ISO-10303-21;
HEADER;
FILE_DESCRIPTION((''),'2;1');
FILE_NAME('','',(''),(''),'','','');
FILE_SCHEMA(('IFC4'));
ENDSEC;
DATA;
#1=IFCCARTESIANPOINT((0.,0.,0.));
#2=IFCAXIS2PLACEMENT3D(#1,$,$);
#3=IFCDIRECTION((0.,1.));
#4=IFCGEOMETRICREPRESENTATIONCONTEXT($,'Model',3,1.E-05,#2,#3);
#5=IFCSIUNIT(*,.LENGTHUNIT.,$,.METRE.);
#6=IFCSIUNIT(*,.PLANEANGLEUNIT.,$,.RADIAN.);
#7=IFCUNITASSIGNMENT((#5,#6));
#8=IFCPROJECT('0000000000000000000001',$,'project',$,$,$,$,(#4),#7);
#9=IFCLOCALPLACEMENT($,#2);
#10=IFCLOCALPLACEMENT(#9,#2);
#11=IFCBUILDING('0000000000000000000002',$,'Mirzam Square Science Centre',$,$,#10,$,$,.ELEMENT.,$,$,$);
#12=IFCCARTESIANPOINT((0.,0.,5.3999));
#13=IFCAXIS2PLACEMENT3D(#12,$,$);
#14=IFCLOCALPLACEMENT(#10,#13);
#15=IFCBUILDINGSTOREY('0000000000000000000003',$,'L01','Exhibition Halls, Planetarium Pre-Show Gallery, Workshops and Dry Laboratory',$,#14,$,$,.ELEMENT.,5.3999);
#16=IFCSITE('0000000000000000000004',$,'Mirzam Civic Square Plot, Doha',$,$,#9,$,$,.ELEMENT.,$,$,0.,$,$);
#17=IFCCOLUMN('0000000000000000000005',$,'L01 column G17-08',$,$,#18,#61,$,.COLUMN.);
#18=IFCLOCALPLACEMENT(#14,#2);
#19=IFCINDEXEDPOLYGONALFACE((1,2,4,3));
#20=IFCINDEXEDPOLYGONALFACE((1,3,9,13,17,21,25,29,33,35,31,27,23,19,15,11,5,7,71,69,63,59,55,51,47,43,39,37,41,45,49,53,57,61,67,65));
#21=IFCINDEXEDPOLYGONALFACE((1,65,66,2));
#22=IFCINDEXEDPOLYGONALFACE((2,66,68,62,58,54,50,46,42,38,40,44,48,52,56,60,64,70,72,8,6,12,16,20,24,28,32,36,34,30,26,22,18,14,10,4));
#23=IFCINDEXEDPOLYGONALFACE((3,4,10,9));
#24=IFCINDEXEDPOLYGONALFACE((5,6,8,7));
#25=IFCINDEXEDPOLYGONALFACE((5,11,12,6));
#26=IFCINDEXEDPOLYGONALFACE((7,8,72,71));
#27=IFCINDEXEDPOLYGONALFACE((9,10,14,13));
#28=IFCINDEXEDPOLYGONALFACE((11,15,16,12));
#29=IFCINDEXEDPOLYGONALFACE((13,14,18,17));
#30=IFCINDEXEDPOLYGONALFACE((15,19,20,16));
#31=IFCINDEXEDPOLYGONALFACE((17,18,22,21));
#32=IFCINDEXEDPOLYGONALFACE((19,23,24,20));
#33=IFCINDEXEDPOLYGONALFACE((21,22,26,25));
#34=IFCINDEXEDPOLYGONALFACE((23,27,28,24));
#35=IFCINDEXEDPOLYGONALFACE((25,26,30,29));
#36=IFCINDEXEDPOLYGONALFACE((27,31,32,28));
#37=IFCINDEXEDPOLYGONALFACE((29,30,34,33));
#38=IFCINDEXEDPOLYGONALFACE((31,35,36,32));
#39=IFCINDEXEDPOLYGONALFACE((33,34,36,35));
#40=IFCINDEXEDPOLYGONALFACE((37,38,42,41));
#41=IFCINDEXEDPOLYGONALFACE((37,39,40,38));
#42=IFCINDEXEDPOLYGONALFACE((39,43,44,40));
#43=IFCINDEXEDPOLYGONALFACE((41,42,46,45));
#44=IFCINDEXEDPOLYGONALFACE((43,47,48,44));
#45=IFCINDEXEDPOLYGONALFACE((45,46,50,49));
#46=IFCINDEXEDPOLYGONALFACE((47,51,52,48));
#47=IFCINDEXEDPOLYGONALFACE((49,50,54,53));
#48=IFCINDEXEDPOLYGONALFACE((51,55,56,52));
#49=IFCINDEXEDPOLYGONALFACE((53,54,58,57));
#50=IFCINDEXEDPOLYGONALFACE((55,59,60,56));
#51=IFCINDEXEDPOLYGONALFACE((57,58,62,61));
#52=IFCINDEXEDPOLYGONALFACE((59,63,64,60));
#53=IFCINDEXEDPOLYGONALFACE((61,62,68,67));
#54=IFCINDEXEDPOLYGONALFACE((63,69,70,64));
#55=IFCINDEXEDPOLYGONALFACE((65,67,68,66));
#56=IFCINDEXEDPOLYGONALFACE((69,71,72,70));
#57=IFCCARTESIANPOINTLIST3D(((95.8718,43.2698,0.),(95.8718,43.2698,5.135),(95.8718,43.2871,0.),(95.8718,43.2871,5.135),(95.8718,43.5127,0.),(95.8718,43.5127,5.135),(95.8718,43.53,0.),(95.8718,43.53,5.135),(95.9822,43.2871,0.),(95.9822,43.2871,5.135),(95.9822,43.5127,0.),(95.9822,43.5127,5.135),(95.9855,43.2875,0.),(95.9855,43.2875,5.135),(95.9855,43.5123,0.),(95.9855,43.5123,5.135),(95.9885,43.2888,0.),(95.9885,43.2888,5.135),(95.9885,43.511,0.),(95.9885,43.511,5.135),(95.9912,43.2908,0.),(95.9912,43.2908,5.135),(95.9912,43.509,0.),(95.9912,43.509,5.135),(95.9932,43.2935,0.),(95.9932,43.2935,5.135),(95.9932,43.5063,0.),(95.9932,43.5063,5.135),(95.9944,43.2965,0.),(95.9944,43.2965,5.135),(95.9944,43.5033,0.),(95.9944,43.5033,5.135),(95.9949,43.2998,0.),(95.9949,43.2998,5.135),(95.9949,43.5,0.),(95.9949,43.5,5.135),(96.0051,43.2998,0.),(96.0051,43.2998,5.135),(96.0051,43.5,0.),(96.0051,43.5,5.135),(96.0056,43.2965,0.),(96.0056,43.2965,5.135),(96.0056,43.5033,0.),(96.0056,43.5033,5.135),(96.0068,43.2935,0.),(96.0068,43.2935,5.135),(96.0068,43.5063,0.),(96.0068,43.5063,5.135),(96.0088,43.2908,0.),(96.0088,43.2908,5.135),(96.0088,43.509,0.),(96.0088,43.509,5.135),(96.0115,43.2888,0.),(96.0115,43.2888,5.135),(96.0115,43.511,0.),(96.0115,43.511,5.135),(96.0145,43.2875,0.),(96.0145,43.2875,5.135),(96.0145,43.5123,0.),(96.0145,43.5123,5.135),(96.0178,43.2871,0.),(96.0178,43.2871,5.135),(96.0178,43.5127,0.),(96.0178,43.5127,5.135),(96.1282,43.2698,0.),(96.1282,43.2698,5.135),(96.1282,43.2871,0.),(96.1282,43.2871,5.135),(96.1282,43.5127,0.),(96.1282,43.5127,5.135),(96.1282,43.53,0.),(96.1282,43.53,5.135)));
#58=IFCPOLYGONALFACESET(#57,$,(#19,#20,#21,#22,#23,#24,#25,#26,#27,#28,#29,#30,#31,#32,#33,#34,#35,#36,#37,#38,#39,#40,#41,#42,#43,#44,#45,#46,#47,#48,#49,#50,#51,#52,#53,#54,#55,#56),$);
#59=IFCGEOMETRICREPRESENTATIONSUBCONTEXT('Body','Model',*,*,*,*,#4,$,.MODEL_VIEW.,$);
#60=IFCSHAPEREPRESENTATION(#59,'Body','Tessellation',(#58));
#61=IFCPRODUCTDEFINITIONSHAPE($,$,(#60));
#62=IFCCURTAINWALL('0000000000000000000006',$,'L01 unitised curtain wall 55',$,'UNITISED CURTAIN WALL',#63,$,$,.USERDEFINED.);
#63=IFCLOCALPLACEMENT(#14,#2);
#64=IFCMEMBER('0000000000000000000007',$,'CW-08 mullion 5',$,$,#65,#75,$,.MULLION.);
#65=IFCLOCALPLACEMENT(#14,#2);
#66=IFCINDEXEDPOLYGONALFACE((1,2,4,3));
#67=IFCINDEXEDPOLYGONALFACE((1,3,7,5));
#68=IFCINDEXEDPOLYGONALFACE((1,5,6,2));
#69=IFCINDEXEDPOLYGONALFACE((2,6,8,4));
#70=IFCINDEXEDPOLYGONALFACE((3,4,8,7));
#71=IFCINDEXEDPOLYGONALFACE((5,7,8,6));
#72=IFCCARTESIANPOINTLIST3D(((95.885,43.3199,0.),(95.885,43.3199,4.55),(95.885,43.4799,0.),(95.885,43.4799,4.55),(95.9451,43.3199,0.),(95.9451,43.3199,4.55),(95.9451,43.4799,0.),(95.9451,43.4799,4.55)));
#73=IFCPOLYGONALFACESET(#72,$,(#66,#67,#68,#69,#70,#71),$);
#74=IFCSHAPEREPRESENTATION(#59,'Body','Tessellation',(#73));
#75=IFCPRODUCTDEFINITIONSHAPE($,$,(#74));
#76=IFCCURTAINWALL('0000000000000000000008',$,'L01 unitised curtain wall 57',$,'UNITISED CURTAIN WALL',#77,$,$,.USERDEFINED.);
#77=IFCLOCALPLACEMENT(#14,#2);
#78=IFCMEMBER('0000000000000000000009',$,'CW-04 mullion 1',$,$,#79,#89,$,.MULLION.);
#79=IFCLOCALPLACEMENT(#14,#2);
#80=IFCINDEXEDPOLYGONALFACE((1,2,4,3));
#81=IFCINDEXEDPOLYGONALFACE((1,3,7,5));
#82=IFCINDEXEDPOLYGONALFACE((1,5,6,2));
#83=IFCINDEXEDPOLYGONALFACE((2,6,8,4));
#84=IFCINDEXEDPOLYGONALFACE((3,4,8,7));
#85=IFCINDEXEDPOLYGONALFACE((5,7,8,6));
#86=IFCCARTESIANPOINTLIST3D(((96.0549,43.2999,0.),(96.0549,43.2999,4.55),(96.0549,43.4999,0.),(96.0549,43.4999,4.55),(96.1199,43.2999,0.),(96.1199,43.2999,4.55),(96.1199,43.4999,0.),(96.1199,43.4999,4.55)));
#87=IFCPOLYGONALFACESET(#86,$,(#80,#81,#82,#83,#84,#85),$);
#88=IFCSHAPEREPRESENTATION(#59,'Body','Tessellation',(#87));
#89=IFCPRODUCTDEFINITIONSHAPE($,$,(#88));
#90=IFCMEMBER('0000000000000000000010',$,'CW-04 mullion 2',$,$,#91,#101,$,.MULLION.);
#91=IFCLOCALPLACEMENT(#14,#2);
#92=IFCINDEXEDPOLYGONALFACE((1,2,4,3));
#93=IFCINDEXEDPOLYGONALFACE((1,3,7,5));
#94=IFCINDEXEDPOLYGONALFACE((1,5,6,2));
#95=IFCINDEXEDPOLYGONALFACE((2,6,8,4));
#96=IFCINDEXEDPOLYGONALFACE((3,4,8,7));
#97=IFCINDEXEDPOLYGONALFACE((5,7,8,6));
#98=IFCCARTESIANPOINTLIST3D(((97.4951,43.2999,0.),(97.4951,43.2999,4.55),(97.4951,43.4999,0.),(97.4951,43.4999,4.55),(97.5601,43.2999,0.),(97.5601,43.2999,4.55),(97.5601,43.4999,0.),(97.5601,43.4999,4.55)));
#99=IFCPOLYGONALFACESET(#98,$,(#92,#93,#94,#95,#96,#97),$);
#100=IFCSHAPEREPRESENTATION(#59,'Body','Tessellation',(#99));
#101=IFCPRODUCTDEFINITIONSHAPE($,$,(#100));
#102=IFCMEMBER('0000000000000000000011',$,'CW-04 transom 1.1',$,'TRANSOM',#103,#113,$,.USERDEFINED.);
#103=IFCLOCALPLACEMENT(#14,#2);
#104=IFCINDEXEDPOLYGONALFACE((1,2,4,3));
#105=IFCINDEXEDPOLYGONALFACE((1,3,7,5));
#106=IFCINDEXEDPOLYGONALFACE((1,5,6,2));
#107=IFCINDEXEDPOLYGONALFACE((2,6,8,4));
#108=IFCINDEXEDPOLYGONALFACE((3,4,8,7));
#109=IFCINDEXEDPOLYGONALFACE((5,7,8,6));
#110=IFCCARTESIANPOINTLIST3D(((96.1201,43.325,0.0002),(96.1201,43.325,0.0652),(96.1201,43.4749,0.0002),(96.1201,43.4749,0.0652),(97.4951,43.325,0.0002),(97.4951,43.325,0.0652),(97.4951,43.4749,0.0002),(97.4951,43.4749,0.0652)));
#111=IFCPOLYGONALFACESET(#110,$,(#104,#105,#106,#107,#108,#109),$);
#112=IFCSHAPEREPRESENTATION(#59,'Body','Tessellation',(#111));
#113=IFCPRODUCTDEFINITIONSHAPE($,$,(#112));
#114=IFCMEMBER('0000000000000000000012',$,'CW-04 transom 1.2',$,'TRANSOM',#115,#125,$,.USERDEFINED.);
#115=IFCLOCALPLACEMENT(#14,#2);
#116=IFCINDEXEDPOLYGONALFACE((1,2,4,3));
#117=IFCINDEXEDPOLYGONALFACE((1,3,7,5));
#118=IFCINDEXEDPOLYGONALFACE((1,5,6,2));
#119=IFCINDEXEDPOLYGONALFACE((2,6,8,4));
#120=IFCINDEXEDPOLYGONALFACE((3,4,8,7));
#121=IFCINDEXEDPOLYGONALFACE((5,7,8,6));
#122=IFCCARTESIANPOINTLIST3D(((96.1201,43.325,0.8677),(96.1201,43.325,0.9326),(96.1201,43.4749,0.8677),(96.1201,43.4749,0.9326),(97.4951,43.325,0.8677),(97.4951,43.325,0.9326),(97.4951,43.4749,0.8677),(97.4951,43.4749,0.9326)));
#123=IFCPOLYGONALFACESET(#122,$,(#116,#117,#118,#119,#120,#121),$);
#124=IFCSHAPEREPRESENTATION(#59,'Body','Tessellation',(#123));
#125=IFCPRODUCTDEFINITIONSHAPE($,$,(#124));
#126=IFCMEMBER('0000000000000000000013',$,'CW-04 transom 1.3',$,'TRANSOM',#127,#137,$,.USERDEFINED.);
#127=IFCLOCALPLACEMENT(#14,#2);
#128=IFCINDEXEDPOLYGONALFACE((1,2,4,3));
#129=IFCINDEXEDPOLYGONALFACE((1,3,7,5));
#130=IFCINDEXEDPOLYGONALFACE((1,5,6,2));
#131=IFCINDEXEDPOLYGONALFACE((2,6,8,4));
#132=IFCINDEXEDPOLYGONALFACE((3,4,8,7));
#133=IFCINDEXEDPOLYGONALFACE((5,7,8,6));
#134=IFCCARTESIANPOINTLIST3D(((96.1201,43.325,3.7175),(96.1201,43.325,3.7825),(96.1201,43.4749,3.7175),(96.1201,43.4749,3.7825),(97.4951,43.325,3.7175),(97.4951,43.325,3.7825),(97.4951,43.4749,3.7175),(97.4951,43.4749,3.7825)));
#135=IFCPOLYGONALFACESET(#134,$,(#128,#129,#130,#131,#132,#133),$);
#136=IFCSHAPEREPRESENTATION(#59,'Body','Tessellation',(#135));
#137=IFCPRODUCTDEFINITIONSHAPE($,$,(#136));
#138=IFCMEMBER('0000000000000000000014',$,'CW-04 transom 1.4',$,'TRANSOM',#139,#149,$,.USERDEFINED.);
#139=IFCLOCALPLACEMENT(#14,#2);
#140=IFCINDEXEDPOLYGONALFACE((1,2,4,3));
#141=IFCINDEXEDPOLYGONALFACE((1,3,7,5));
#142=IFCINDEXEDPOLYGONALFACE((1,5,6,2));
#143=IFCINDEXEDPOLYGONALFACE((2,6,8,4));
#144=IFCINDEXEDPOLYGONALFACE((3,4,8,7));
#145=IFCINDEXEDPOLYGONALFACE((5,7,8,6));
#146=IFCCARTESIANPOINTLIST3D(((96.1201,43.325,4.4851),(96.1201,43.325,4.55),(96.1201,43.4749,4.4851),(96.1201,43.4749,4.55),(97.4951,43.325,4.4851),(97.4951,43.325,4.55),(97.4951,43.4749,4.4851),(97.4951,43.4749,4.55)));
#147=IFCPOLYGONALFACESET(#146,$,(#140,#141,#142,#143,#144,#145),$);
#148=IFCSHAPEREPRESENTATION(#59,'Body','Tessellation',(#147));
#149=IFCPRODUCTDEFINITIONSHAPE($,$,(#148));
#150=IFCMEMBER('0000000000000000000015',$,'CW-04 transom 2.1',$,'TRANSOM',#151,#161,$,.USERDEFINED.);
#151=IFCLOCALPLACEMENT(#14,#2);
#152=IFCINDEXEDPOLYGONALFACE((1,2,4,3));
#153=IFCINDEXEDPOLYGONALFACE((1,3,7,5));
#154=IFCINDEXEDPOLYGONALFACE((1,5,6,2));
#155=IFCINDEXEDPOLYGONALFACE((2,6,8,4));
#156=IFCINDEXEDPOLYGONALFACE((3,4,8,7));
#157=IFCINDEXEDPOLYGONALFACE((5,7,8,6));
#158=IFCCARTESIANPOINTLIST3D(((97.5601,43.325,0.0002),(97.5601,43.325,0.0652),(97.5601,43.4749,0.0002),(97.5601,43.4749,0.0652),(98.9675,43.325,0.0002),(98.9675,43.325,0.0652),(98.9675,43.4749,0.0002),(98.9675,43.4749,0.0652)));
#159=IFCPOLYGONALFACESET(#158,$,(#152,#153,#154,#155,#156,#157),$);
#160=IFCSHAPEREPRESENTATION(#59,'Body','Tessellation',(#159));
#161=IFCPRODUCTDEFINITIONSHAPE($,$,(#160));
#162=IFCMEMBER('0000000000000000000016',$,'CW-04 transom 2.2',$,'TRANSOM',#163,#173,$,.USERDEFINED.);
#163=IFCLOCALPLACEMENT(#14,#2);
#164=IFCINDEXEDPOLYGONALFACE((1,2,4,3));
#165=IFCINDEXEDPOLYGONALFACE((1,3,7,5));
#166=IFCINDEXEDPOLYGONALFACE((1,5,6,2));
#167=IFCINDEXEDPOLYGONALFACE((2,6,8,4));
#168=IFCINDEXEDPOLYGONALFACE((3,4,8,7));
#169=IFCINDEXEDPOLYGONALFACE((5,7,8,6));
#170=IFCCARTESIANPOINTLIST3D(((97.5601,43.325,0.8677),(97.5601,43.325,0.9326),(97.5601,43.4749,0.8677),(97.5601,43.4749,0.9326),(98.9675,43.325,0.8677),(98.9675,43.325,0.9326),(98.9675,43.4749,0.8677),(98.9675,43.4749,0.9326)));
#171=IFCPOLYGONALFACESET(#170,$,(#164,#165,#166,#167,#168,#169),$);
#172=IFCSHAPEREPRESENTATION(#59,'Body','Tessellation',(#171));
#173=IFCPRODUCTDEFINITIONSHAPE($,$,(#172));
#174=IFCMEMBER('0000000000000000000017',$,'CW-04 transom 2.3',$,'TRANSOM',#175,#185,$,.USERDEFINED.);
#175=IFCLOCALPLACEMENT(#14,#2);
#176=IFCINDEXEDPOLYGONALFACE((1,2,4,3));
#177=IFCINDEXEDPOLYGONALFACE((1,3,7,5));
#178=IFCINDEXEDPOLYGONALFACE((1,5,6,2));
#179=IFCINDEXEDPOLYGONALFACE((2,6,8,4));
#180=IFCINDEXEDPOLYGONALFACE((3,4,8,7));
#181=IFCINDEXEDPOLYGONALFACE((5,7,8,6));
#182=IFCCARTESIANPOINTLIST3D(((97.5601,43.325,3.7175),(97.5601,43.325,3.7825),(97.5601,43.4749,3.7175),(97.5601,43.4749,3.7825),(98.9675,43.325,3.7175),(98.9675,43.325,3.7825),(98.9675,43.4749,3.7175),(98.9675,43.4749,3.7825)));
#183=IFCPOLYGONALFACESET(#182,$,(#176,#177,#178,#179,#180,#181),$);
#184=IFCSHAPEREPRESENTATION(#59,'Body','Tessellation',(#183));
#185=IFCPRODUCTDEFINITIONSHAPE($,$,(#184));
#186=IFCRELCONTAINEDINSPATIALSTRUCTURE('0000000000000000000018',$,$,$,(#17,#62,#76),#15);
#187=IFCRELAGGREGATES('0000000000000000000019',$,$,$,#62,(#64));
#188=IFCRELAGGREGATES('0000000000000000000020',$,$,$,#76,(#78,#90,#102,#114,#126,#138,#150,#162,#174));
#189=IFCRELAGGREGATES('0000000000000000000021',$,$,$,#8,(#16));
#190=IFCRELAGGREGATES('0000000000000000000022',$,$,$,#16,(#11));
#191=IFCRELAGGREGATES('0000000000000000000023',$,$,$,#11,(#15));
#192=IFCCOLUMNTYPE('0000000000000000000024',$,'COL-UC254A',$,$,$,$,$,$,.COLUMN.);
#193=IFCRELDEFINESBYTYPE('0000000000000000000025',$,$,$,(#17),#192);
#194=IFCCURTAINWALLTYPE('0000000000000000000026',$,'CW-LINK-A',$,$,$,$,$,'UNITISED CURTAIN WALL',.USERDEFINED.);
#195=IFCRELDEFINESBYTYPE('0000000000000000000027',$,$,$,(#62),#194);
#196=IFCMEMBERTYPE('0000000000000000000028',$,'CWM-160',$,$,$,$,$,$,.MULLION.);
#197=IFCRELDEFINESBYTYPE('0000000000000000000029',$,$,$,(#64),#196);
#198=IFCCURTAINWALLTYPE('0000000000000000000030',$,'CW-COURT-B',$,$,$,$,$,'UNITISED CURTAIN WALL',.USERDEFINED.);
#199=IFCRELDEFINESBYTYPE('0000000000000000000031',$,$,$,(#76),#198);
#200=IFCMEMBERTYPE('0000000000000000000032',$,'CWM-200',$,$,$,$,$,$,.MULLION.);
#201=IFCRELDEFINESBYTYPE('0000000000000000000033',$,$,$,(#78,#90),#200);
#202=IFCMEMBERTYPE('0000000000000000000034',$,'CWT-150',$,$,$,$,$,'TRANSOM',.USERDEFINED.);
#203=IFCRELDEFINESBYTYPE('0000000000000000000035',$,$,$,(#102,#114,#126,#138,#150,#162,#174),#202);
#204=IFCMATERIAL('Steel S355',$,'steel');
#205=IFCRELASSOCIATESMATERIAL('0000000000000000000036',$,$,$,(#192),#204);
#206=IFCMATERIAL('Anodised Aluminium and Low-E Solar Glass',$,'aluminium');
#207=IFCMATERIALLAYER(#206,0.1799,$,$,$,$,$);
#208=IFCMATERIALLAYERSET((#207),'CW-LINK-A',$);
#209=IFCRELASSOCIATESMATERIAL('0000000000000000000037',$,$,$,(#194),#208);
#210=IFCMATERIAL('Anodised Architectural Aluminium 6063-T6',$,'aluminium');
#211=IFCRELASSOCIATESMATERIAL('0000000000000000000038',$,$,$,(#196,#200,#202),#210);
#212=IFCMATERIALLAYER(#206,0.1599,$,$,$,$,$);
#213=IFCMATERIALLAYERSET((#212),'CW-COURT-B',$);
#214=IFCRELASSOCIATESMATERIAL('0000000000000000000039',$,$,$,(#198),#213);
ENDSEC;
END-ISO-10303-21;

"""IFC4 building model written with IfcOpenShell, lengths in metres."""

from ifc_helpers import new_model, si_unit, direction, frame, origin, origin_2d, place, context, subcontext, project, spatial, rectangle, i_section, extrude, material, layer, layer_set, material_profile, profile_set, type_object, element, aggregate, save


model = new_model("IFC4")

# Units and contexts
model_context = context("Model", 3, precision=1e-05, world=origin(), true_north=direction((0.0, 1.0)))
body_context = subcontext(model_context, "Body", "Model", "MODEL_VIEW")
ifc_project = project(units=[si_unit("LENGTHUNIT", "METRE"), si_unit("PLANEANGLEUNIT", "RADIAN")], contexts=[model_context])

# Site, building, storey
site_placement = place(None, origin())
site = spatial("IfcSite", under=ifc_project, at=site_placement, Name="Mirzam Civic Square Plot, Doha", CompositionType="ELEMENT", RefElevation=0.0)
building_placement = place(site_placement, origin())
building = spatial("IfcBuilding", under=site, at=building_placement, Name="Mirzam Square Science Centre", CompositionType="ELEMENT")
storey_placement = place(building_placement, frame((0.0, 0.0, 5.3999)))
storey = spatial("IfcBuildingStorey", under=building, at=storey_placement, Name="L01", Description="Exhibition Halls, Planetarium Pre-Show Gallery, Workshops and Dry Laboratory", CompositionType="ELEMENT", Elevation=5.3999)

# Column
ifc_material_1 = material(Name="Steel S355", Category="steel")
ifc_material_profile_1 = material_profile(ifc_material_1, i_section(OverallWidth=0.2563, OverallDepth=0.2603, WebThickness=0.0103, FlangeThickness=0.0173, FilletRadius=0.0127, at=origin_2d()), Name="254x254x89UC")
ifc_profile_set_1 = profile_set([ifc_material_profile_1], Name="Steel S355")
column_type = type_object("IfcColumnType", Name="COL-UC254A", PredefinedType="COLUMN", material=ifc_profile_set_1)
column_placement = place(storey_placement, frame((96.0, 43.3999, 0.0), z_axis=(0.0, 0.0, 1.0), x_axis=(1.0, 0.0, 0.0)))
element("IfcColumn", 1, at=column_placement, inside=storey, type_object=column_type, Name="L01 column G17-08", PredefinedType="COLUMN", context=body_context, shape_type="SweptSolid", body=[
    extrude(i_section(OverallWidth=0.2563, OverallDepth=0.2603, WebThickness=0.0103, FlangeThickness=0.0173, FilletRadius=0.0127, at=origin_2d()), origin(), (0.0, 0.0, 1.0), 5.135),
])

# Curtain wall, member
ifc_material_2 = material(Name="Anodised Aluminium and Low-E Solar Glass", Category="aluminium")
ifc_layer_1 = layer(ifc_material_2, 0.1799)
ifc_layer_set_1 = layer_set([ifc_layer_1], Name="CW-LINK-A")
curtain_wall_type_1 = type_object("IfcCurtainWallType", Name="CW-LINK-A", ElementType="UNITISED CURTAIN WALL", PredefinedType="USERDEFINED", material=ifc_layer_set_1)
curtain_wall_1_placement = place(storey_placement, origin())
curtain_wall_1 = element("IfcCurtainWall", 2, at=curtain_wall_1_placement, inside=storey, type_object=curtain_wall_type_1, Name="L01 unitised curtain wall 55", ObjectType="UNITISED CURTAIN WALL", PredefinedType="USERDEFINED")
ifc_material_3 = material(Name="Anodised Architectural Aluminium 6063-T6", Category="aluminium")
ifc_material_profile_2 = material_profile(ifc_material_3, rectangle(XDim=0.0601, YDim=0.1599, at=origin_2d()), Name="ALU-MULL-160x60x4")
ifc_profile_set_2 = profile_set([ifc_material_profile_2], Name="Anodised Architectural Aluminium 6063-T6")
member_type_1 = type_object("IfcMemberType", Name="CWM-160", PredefinedType="MULLION", material=ifc_profile_set_2)
member_1_placement = place(storey_placement, frame((95.915, 43.3999, 0.0), z_axis=(0.0, 0.0, 1.0), x_axis=(1.0, 0.0, 0.0)))
member_1 = element("IfcMember", 3, at=member_1_placement, type_object=member_type_1, Name="CW-08 mullion 5", PredefinedType="MULLION", context=body_context, shape_type="SweptSolid", body=[
    extrude(rectangle(XDim=0.0601, YDim=0.1599, at=origin_2d()), origin(), (0.0, 0.0, 1.0), 4.55),
])

# Curtain wall, members
ifc_layer_2 = layer(ifc_material_2, 0.1599)
ifc_layer_set_2 = layer_set([ifc_layer_2], Name="CW-COURT-B")
curtain_wall_type_2 = type_object("IfcCurtainWallType", Name="CW-COURT-B", ElementType="UNITISED CURTAIN WALL", PredefinedType="USERDEFINED", material=ifc_layer_set_2)
curtain_wall_2_placement = place(storey_placement, origin())
curtain_wall_2 = element("IfcCurtainWall", 4, at=curtain_wall_2_placement, inside=storey, type_object=curtain_wall_type_2, Name="L01 unitised curtain wall 57", ObjectType="UNITISED CURTAIN WALL", PredefinedType="USERDEFINED")
ifc_material_profile_3 = material_profile(ifc_material_3, rectangle(XDim=0.0649, YDim=0.2, at=origin_2d()), Name="ALU-MULL-200x65x5")
ifc_profile_set_3 = profile_set([ifc_material_profile_3], Name="Anodised Architectural Aluminium 6063-T6")
member_type_2 = type_object("IfcMemberType", Name="CWM-200", PredefinedType="MULLION", material=ifc_profile_set_3)
member_2_placement = place(storey_placement, frame((96.0874, 43.3999, 0.0), z_axis=(0.0, 0.0, 1.0), x_axis=(1.0, 0.0, 0.0)))
member_2 = element("IfcMember", 5, at=member_2_placement, type_object=member_type_2, Name="CW-04 mullion 1", PredefinedType="MULLION", context=body_context, shape_type="SweptSolid", body=[
    extrude(rectangle(XDim=0.0649, YDim=0.2, at=origin_2d()), origin(), (0.0, 0.0, 1.0), 4.55),
])
member_3_placement = place(storey_placement, frame((97.5276, 43.3999, 0.0), z_axis=(0.0, 0.0, 1.0), x_axis=(1.0, 0.0, 0.0)))
member_3 = element("IfcMember", 6, at=member_3_placement, type_object=member_type_2, Name="CW-04 mullion 2", PredefinedType="MULLION", context=body_context, shape_type="SweptSolid", body=[
    extrude(rectangle(XDim=0.0649, YDim=0.2, at=origin_2d()), origin(), (0.0, 0.0, 1.0), 4.55),
])
ifc_material_profile_4 = material_profile(ifc_material_3, rectangle(XDim=0.1499, YDim=0.0649, at=origin_2d()), Name="ALU-TRAN-150x65x4")
ifc_profile_set_4 = profile_set([ifc_material_profile_4], Name="Anodised Architectural Aluminium 6063-T6")
member_type_3 = type_object("IfcMemberType", Name="CWT-150", ElementType="TRANSOM", PredefinedType="USERDEFINED", material=ifc_profile_set_4)
member_4_placement = place(storey_placement, frame((96.1201, 43.3999, 0.0327), z_axis=(1.0, 0.0, 0.0), x_axis=(0.0, 1.0, 0.0)))
member_4 = element("IfcMember", 7, at=member_4_placement, type_object=member_type_3, Name="CW-04 transom 1.1", ObjectType="TRANSOM", PredefinedType="USERDEFINED", context=body_context, shape_type="SweptSolid", body=[
    extrude(rectangle(XDim=0.1499, YDim=0.0649, at=origin_2d()), origin(), (0.0, 0.0, 1.0), 1.375),
])
member_5_placement = place(storey_placement, frame((96.1201, 43.3999, 0.9001), z_axis=(1.0, 0.0, 0.0), x_axis=(0.0, 1.0, 0.0)))
member_5 = element("IfcMember", 8, at=member_5_placement, type_object=member_type_3, Name="CW-04 transom 1.2", ObjectType="TRANSOM", PredefinedType="USERDEFINED", context=body_context, shape_type="SweptSolid", body=[
    extrude(rectangle(XDim=0.1499, YDim=0.0649, at=origin_2d()), origin(), (0.0, 0.0, 1.0), 1.375),
])
member_6_placement = place(storey_placement, frame((96.1201, 43.3999, 3.75), z_axis=(1.0, 0.0, 0.0), x_axis=(0.0, 1.0, 0.0)))
member_6 = element("IfcMember", 9, at=member_6_placement, type_object=member_type_3, Name="CW-04 transom 1.3", ObjectType="TRANSOM", PredefinedType="USERDEFINED", context=body_context, shape_type="SweptSolid", body=[
    extrude(rectangle(XDim=0.1499, YDim=0.0649, at=origin_2d()), origin(), (0.0, 0.0, 1.0), 1.375),
])
member_7_placement = place(storey_placement, frame((96.1201, 43.3999, 4.5176), z_axis=(1.0, 0.0, 0.0), x_axis=(0.0, 1.0, 0.0)))
member_7 = element("IfcMember", 10, at=member_7_placement, type_object=member_type_3, Name="CW-04 transom 1.4", ObjectType="TRANSOM", PredefinedType="USERDEFINED", context=body_context, shape_type="SweptSolid", body=[
    extrude(rectangle(XDim=0.1499, YDim=0.0649, at=origin_2d()), origin(), (0.0, 0.0, 1.0), 1.375),
])
member_8_placement = place(storey_placement, frame((97.5601, 43.3999, 0.0327), z_axis=(1.0, 0.0, 0.0), x_axis=(0.0, 1.0, 0.0)))
member_8 = element("IfcMember", 11, at=member_8_placement, type_object=member_type_3, Name="CW-04 transom 2.1", ObjectType="TRANSOM", PredefinedType="USERDEFINED", context=body_context, shape_type="SweptSolid", body=[
    extrude(rectangle(XDim=0.1499, YDim=0.0649, at=origin_2d()), origin(), (0.0, 0.0, 1.0), 1.4075),
])
member_9_placement = place(storey_placement, frame((97.5601, 43.3999, 0.9001), z_axis=(1.0, 0.0, 0.0), x_axis=(0.0, 1.0, 0.0)))
member_9 = element("IfcMember", 12, at=member_9_placement, type_object=member_type_3, Name="CW-04 transom 2.2", ObjectType="TRANSOM", PredefinedType="USERDEFINED", context=body_context, shape_type="SweptSolid", body=[
    extrude(rectangle(XDim=0.1499, YDim=0.0649, at=origin_2d()), origin(), (0.0, 0.0, 1.0), 1.4075),
])
member_10_placement = place(storey_placement, frame((97.5601, 43.3999, 3.75), z_axis=(1.0, 0.0, 0.0), x_axis=(0.0, 1.0, 0.0)))
member_10 = element("IfcMember", 13, at=member_10_placement, type_object=member_type_3, Name="CW-04 transom 2.3", ObjectType="TRANSOM", PredefinedType="USERDEFINED", context=body_context, shape_type="SweptSolid", body=[
    extrude(rectangle(XDim=0.1499, YDim=0.0649, at=origin_2d()), origin(), (0.0, 0.0, 1.0), 1.4075),
])

aggregate(curtain_wall_1, [member_1])
aggregate(curtain_wall_2, [member_2, member_3, member_4, member_5, member_6, member_7, member_8, member_9, member_10])

save(model, "model.ifc")
